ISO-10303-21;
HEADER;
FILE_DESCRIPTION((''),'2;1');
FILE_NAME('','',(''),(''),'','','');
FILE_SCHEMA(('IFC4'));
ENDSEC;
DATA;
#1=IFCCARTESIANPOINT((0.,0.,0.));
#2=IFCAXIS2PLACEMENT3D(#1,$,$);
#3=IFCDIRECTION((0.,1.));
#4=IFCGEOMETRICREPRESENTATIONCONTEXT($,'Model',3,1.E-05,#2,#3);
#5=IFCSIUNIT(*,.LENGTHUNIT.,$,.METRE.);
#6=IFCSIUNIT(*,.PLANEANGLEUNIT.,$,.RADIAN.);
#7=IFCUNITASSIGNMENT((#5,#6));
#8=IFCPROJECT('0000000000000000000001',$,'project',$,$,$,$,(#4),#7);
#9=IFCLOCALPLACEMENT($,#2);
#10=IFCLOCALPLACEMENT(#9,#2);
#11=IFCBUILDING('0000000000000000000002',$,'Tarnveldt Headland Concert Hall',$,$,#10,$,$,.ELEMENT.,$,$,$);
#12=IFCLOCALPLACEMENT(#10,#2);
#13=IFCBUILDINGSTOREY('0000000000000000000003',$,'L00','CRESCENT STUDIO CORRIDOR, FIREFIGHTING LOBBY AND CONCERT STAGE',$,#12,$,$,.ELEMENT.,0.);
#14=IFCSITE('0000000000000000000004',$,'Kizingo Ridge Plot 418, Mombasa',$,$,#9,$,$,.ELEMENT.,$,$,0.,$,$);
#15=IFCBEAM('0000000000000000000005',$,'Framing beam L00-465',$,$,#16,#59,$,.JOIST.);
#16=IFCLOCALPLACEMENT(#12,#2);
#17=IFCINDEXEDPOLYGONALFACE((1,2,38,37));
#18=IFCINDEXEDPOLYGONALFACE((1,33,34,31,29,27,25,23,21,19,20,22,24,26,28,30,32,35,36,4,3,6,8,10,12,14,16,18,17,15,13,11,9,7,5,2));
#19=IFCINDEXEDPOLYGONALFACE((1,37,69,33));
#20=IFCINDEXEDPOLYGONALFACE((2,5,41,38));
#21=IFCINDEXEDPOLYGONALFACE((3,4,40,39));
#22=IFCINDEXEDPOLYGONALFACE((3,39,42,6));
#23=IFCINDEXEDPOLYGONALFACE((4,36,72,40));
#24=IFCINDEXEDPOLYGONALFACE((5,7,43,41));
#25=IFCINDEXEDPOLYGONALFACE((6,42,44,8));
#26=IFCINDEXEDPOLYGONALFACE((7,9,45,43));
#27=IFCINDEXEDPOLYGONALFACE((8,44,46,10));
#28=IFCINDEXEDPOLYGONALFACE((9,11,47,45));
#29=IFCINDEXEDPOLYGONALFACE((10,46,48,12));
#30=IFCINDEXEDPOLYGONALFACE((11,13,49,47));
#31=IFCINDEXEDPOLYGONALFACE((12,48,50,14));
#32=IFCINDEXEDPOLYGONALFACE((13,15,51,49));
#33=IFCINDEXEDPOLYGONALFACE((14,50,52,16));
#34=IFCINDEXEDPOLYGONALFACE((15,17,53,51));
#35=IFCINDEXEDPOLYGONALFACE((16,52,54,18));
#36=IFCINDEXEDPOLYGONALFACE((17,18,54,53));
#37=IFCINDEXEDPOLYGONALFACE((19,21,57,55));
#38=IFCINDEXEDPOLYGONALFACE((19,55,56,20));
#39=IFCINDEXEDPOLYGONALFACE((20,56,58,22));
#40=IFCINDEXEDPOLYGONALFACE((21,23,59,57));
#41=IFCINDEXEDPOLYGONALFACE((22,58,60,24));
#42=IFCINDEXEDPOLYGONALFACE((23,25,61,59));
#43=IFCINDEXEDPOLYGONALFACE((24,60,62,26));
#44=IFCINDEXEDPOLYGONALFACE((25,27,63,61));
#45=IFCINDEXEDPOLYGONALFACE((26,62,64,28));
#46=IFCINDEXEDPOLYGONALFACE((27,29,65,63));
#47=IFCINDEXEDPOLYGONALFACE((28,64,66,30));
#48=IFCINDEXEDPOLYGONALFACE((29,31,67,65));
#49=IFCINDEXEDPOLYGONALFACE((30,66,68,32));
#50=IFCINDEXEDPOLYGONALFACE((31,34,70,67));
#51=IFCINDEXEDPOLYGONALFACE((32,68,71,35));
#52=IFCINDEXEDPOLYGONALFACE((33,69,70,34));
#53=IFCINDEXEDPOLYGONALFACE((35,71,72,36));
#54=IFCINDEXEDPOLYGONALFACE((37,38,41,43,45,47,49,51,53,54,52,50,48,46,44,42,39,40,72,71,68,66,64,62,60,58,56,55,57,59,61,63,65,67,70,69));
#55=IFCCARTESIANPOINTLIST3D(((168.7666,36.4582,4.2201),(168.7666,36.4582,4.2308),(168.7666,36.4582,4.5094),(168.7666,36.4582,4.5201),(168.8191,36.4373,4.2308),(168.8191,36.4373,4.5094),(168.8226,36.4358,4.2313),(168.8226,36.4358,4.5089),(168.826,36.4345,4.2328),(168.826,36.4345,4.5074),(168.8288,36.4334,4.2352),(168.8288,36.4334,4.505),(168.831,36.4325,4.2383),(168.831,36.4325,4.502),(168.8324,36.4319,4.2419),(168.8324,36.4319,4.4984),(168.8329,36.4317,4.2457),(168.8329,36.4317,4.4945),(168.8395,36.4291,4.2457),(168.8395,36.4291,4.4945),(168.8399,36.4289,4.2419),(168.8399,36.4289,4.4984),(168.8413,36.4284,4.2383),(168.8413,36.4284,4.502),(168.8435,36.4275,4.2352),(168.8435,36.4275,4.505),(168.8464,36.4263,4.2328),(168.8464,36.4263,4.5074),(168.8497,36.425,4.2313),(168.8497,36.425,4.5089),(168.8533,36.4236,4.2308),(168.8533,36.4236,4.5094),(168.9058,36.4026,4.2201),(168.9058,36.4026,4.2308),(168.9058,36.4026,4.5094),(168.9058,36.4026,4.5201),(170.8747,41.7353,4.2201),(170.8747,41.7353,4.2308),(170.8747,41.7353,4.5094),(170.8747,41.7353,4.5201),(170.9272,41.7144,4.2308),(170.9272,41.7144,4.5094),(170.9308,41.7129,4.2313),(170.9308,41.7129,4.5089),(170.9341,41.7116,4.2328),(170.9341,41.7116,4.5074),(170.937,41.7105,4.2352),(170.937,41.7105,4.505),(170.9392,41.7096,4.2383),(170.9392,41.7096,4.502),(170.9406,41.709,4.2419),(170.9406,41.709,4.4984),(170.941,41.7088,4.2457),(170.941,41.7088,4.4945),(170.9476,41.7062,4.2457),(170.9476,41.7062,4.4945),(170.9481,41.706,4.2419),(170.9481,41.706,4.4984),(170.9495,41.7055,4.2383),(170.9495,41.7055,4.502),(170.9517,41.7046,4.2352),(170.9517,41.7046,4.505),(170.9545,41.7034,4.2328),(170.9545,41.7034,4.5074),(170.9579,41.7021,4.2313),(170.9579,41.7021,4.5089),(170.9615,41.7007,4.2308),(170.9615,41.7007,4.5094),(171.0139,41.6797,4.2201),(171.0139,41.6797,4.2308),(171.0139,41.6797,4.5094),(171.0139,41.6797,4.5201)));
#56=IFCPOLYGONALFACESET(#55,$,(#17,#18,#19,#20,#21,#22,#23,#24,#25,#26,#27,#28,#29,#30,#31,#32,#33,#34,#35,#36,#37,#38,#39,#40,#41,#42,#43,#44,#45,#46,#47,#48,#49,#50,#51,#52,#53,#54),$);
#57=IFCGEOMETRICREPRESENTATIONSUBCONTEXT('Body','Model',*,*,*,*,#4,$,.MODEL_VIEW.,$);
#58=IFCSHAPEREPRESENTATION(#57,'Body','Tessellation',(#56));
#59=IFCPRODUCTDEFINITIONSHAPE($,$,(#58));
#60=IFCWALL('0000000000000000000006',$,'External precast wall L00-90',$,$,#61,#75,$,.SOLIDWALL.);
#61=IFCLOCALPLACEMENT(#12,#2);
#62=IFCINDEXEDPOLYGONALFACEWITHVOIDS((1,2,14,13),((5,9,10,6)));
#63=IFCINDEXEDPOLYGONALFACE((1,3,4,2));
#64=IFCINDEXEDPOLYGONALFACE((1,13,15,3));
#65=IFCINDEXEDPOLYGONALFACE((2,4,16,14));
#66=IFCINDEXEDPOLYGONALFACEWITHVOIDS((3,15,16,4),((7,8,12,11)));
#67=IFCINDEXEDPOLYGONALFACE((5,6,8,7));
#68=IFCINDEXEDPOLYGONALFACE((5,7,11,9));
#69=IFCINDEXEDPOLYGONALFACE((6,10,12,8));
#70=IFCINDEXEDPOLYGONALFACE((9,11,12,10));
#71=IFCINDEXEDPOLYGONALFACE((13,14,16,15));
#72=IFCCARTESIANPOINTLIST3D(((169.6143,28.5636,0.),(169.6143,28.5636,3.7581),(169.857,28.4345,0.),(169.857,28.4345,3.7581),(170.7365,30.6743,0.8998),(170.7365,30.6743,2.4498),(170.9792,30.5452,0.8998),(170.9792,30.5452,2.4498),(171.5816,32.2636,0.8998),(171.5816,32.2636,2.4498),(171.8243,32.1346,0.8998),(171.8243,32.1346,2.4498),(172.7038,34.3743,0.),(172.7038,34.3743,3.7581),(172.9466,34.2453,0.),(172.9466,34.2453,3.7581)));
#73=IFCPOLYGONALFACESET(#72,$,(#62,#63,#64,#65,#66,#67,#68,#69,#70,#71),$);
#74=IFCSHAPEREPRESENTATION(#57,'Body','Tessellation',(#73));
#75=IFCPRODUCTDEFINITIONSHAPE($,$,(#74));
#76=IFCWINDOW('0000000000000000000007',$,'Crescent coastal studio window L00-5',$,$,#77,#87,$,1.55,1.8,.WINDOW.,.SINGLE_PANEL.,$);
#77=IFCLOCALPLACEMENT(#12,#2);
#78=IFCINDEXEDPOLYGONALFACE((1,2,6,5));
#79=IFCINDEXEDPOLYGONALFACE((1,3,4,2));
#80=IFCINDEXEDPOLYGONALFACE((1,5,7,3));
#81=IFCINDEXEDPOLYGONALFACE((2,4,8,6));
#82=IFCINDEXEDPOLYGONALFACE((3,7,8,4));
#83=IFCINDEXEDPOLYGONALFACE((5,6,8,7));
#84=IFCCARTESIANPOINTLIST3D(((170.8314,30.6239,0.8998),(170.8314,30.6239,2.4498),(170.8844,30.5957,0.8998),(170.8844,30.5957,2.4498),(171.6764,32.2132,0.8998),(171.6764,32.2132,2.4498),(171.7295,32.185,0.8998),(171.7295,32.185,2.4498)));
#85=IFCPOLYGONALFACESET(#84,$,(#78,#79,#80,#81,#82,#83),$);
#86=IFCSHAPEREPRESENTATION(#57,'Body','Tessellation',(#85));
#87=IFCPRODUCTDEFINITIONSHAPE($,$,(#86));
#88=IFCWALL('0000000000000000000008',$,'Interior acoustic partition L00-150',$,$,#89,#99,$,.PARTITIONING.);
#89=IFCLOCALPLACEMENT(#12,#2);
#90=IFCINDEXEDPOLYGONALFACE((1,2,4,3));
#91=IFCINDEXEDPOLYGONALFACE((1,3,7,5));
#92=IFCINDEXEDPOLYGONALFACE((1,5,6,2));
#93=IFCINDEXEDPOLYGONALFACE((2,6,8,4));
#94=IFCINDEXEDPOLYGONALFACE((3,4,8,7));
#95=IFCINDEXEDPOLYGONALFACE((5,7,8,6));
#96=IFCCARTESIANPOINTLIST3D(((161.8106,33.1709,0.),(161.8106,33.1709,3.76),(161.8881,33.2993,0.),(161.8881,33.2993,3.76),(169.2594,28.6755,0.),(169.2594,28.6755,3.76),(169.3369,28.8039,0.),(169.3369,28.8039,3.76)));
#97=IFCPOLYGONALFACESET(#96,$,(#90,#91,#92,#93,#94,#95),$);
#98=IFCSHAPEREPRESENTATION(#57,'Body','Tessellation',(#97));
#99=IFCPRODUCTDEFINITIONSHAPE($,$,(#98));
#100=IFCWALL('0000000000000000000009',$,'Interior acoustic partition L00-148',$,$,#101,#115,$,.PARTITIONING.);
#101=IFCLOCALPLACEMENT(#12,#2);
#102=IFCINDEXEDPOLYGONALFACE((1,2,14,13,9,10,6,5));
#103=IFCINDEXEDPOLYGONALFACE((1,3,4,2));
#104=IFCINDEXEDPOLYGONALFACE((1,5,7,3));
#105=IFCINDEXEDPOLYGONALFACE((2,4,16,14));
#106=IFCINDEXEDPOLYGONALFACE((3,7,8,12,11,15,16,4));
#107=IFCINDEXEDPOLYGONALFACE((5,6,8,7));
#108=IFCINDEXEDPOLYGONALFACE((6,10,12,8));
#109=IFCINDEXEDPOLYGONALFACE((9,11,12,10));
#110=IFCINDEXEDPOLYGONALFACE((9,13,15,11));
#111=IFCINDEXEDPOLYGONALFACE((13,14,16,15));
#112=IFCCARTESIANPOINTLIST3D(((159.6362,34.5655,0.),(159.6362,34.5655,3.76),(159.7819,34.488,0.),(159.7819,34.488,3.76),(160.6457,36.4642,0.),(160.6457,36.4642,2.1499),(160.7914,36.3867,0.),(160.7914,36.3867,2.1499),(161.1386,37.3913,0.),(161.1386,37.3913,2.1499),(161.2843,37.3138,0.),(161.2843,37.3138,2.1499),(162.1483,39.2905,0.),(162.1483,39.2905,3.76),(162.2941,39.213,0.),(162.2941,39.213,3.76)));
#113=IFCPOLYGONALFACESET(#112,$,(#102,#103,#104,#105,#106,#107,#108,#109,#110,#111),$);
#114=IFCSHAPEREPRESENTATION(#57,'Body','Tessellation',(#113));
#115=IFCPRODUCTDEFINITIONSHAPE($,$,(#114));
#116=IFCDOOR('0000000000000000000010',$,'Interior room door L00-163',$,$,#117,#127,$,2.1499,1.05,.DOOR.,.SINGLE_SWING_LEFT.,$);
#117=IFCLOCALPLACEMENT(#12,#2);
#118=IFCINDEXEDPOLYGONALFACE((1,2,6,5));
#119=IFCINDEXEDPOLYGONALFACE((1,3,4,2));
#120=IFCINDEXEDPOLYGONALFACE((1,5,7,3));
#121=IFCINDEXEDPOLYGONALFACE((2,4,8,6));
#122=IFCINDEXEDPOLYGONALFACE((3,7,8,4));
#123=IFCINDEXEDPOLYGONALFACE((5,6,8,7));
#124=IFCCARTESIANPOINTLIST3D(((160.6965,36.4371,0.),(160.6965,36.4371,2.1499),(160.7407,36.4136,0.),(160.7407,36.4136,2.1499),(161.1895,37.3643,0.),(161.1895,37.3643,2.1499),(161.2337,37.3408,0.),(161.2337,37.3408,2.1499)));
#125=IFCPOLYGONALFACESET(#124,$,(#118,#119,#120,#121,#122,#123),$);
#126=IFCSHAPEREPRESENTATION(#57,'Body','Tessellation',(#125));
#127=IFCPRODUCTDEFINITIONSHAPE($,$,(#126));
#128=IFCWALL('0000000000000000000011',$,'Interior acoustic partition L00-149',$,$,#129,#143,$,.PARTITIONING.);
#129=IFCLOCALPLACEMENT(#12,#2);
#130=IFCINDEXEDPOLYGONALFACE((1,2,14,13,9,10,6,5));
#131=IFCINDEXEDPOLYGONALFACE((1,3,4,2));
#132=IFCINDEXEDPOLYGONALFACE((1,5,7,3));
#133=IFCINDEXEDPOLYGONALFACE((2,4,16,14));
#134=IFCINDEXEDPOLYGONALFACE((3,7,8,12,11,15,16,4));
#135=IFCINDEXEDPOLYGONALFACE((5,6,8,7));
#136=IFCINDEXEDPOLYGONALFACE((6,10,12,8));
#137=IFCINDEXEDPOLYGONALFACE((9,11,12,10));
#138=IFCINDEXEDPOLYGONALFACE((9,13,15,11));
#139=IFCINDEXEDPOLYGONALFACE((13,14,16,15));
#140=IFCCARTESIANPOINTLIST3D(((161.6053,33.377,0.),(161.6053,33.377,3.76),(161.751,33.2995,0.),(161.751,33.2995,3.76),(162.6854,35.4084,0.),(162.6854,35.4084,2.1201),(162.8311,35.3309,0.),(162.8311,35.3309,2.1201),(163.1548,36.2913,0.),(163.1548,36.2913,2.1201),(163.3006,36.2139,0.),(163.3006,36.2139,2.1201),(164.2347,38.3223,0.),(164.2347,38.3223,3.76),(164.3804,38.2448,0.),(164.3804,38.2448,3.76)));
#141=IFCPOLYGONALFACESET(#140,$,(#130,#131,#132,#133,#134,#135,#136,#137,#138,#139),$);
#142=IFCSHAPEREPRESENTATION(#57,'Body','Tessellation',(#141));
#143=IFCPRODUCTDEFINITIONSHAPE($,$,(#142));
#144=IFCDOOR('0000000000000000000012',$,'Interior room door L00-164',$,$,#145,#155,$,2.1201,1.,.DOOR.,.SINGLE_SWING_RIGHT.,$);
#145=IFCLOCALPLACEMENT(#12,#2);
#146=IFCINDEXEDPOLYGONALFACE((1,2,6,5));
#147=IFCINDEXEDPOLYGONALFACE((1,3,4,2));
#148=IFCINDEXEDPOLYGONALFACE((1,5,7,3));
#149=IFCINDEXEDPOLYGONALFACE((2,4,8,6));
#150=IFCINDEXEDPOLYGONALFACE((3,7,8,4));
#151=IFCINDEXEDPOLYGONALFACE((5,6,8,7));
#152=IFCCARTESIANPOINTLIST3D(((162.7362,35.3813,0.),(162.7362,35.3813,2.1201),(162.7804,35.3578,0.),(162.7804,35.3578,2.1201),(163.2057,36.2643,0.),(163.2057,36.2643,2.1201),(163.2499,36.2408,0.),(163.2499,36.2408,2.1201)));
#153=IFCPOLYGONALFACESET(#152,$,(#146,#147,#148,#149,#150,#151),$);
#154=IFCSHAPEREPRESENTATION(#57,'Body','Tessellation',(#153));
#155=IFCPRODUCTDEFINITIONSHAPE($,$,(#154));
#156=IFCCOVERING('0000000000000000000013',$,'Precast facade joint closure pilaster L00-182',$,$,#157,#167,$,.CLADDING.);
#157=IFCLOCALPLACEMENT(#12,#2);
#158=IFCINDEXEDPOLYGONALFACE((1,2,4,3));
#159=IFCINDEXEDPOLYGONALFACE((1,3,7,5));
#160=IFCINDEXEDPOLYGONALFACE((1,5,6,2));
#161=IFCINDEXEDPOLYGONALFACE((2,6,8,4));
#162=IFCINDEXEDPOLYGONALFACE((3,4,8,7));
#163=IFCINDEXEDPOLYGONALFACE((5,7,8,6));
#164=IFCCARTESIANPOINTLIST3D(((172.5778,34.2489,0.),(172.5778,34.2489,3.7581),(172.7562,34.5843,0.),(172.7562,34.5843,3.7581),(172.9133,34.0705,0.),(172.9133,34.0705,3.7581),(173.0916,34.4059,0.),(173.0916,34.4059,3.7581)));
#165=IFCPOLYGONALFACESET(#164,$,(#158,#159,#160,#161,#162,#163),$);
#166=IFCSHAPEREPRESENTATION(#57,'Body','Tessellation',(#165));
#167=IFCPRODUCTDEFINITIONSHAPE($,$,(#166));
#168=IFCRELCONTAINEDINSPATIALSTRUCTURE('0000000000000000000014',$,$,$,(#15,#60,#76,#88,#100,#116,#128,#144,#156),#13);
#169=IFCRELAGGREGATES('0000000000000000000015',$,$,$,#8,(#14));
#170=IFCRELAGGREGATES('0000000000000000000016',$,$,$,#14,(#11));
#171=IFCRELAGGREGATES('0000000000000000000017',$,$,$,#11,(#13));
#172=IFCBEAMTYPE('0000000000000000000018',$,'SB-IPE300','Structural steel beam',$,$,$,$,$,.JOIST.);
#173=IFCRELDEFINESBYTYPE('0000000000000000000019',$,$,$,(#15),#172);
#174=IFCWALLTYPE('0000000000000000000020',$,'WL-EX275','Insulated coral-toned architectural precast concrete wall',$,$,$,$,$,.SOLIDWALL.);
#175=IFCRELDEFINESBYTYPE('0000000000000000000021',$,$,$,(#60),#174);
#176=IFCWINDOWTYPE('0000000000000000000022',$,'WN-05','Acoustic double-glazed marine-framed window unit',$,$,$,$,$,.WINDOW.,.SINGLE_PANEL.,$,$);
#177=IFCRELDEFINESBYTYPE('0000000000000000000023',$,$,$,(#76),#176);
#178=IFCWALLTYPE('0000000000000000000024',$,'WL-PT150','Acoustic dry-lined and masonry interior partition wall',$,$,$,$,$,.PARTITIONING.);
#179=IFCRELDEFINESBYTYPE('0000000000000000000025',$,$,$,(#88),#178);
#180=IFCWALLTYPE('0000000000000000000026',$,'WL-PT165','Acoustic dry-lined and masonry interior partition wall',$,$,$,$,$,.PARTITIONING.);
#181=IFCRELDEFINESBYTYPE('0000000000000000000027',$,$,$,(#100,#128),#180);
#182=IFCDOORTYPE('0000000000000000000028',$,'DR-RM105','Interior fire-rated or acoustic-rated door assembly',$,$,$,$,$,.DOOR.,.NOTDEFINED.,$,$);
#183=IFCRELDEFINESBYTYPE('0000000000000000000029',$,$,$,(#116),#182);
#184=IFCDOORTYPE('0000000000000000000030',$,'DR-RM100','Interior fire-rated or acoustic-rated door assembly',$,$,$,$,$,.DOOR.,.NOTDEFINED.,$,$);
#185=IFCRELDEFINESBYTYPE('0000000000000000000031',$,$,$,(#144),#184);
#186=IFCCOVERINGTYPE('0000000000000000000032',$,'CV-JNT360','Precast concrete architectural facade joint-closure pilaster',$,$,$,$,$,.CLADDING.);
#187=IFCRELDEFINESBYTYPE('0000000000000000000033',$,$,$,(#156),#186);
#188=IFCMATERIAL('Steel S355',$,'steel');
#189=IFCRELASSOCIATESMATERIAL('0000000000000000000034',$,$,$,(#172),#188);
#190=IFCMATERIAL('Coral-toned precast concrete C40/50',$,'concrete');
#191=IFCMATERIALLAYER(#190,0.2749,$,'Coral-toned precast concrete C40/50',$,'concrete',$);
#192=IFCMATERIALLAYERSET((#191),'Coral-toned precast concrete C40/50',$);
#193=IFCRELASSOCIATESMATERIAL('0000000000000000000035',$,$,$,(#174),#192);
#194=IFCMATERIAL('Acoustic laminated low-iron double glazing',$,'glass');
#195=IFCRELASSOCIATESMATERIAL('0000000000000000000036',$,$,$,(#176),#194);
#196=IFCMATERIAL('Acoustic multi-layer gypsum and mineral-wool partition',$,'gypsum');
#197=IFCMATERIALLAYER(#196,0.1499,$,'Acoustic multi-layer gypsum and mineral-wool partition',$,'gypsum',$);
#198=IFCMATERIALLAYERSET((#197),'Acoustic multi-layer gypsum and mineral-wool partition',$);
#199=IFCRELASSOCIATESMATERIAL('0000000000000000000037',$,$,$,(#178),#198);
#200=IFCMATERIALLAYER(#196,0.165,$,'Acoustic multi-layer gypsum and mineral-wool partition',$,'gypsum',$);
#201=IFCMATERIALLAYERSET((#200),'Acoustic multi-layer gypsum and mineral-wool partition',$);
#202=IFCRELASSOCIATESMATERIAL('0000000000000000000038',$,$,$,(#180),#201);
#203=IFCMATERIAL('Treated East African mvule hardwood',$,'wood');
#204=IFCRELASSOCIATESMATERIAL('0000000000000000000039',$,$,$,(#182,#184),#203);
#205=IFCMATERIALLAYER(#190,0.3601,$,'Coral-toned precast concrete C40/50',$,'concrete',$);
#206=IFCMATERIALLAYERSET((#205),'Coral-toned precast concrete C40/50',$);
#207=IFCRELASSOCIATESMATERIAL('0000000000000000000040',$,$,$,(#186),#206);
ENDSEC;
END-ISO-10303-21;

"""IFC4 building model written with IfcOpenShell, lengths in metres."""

from ifc_helpers import new_model, si_unit, direction, frame, frame_2d, origin, origin_2d, place, context, subcontext, project, spatial, rectangle, i_section, extrude, material, layer, layer_set, material_profile, profile_set, type_object, element, fill, save


model = new_model("IFC4")

# Units and contexts
model_context = context("Model", 3, precision=1e-05, world=origin(), true_north=direction((0.0, 1.0)))
body_context = subcontext(model_context, "Body", "Model", "MODEL_VIEW")
ifc_project = project(units=[si_unit("LENGTHUNIT", "METRE"), si_unit("PLANEANGLEUNIT", "RADIAN")], contexts=[model_context])

# Site, building, storey
site_placement = place(None, origin())
site = spatial("IfcSite", under=ifc_project, at=site_placement, Name="Kizingo Ridge Plot 418, Mombasa", CompositionType="ELEMENT", RefElevation=0.0)
building_placement = place(site_placement, origin())
building = spatial("IfcBuilding", under=site, at=building_placement, Name="Tarnveldt Headland Concert Hall", CompositionType="ELEMENT")
storey_placement = place(building_placement, origin())
storey = spatial("IfcBuildingStorey", under=building, at=storey_placement, Name="L00", Description="CRESCENT STUDIO CORRIDOR, FIREFIGHTING LOBBY AND CONCERT STAGE", CompositionType="ELEMENT", Elevation=0.0)

# Beam
ifc_material_1 = material(Name="Steel S355", Category="steel")
ifc_material_profile_1 = material_profile(ifc_material_1, i_section(OverallWidth=0.1499, OverallDepth=0.3, WebThickness=0.0071, FlangeThickness=0.0107, FilletRadius=0.0149, at=origin_2d()), Name="IPE300", Category="steel")
ifc_profile_set_1 = profile_set([ifc_material_profile_1], Name="Steel S355")
beam_type_1 = type_object("IfcBeamType", Name="SB-IPE300", Description="Structural steel beam", PredefinedType="JOIST", material=ifc_profile_set_1)
beam_1_placement = place(storey_placement, frame((168.8362, 36.4304, 4.3701), z_axis=(0.370983, 0.92864, 0.0), x_axis=(-0.92864, 0.370983, 0.0)))
element("IfcBeam", 1, at=beam_1_placement, inside=storey, type_object=beam_type_1, Name="Framing beam L00-465", PredefinedType="JOIST", context=body_context, shape_type="SweptSolid", body=[
    extrude(i_section(OverallWidth=0.1499, OverallDepth=0.3, WebThickness=0.0071, FlangeThickness=0.0107, FilletRadius=0.0149, at=origin_2d()), origin(), (0.0, 0.0, 1.0), 5.6826),
])

# Wall, opening, window
ifc_material_2 = material(Name="Coral-toned precast concrete C40/50", Category="concrete")
ifc_layer_1 = layer(ifc_material_2, 0.2749, Name="Coral-toned precast concrete C40/50", Category="concrete")
ifc_layer_set_1 = layer_set([ifc_layer_1], Name="Coral-toned precast concrete C40/50")
wall_type_1 = type_object("IfcWallType", Name="WL-EX275", Description="Insulated coral-toned architectural precast concrete wall", PredefinedType="SOLIDWALL", material=ifc_layer_set_1)
wall_1_placement = place(storey_placement, frame((172.8252, 34.3098, 0.0), z_axis=(0.0, 0.0, 1.0), x_axis=(-0.469465, -0.882951, 0.0)))
wall_1 = element("IfcWall", 2, at=wall_1_placement, inside=storey, type_object=wall_type_1, Name="External precast wall L00-90", PredefinedType="SOLIDWALL", context=body_context, shape_type="SweptSolid", body=[
    extrude(rectangle(XDim=6.5811, YDim=0.2749, at=frame_2d((3.2905, 0.0))), origin(), (0.0, 0.0, 1.0), 3.7581),
])
opening_1_placement = place(wall_1_placement, frame((2.3906, 0.0, 0.8999)))
opening_1 = element("IfcOpeningElement", 3, at=opening_1_placement, cuts=wall_1, PredefinedType="OPENING", context=body_context, shape_type="SweptSolid", body=[
    extrude(rectangle(XDim=1.8, YDim=1.55, at=frame_2d((0.8999, 0.7749))), frame((0.0, 0.1475, 0.0), z_axis=(0.0, -1.0, 0.0), x_axis=(1.0, 0.0, 0.0)), (0.0, 0.0, 1.0), 0.2949),
])
ifc_material_3 = material(Name="Acoustic laminated low-iron double glazing", Category="glass")
window_type = type_object("IfcWindowType", Name="WN-05", Description="Acoustic double-glazed marine-framed window unit", PartitioningType="SINGLE_PANEL", PredefinedType="WINDOW", material=ifc_material_3)
window_placement = place(opening_1_placement, origin())
window = element("IfcWindow", 4, at=window_placement, inside=storey, type_object=window_type, Name="Crescent coastal studio window L00-5", OverallHeight=1.55, OverallWidth=1.8, PartitioningType="SINGLE_PANEL", PredefinedType="WINDOW", context=body_context, shape_type="SweptSolid", body=[
    extrude(rectangle(XDim=1.8, YDim=1.55, at=frame_2d((0.8999, 0.7749))), frame((0.0, 0.03, 0.0), z_axis=(0.0, -1.0, 0.0), x_axis=(1.0, 0.0, 0.0)), (0.0, 0.0, 1.0), 0.0601),
])
fill(opening_1, window)

# Wall
ifc_material_4 = material(Name="Acoustic multi-layer gypsum and mineral-wool partition", Category="gypsum")
ifc_layer_2 = layer(ifc_material_4, 0.1499, Name="Acoustic multi-layer gypsum and mineral-wool partition", Category="gypsum")
ifc_layer_set_2 = layer_set([ifc_layer_2], Name="Acoustic multi-layer gypsum and mineral-wool partition")
wall_type_2 = type_object("IfcWallType", Name="WL-PT150", Description="Acoustic dry-lined and masonry interior partition wall", PredefinedType="PARTITIONING", material=ifc_layer_set_2)
wall_2_placement = place(storey_placement, frame((161.8494, 33.2351, 0.0), z_axis=(0.0, 0.0, 1.0), x_axis=(0.856165, -0.516702, 0.0)))
element("IfcWall", 5, at=wall_2_placement, inside=storey, type_object=wall_type_2, Name="Interior acoustic partition L00-150", PredefinedType="PARTITIONING", context=body_context, shape_type="SweptSolid", body=[
    extrude(rectangle(XDim=8.7002, YDim=0.1499, at=frame_2d((4.3501, 0.0))), origin(), (0.0, 0.0, 1.0), 3.76),
])

# Walls, openings, doors
ifc_layer_3 = layer(ifc_material_4, 0.165, Name="Acoustic multi-layer gypsum and mineral-wool partition", Category="gypsum")
ifc_layer_set_3 = layer_set([ifc_layer_3], Name="Acoustic multi-layer gypsum and mineral-wool partition")
wall_type_3 = type_object("IfcWallType", Name="WL-PT165", Description="Acoustic dry-lined and masonry interior partition wall", PredefinedType="PARTITIONING", material=ifc_layer_set_3)
wall_3_placement = place(storey_placement, frame((159.709, 34.5266, 0.0), z_axis=(0.0, 0.0, 1.0), x_axis=(0.469447, 0.882961, 0.0)))
wall_3 = element("IfcWall", 6, at=wall_3_placement, inside=storey, type_object=wall_type_3, Name="Interior acoustic partition L00-148", PredefinedType="PARTITIONING", context=body_context, shape_type="SweptSolid", body=[
    extrude(rectangle(XDim=5.3513, YDim=0.165, at=frame_2d((2.6758, 0.0))), origin(), (0.0, 0.0, 1.0), 3.76),
])
opening_2_placement = place(wall_3_placement, frame((2.1506, 0.0, 0.0)))
opening_2 = element("IfcOpeningElement", 7, at=opening_2_placement, cuts=wall_3, PredefinedType="OPENING", context=body_context, shape_type="SweptSolid", body=[
    extrude(rectangle(XDim=1.05, YDim=2.1499, at=frame_2d((0.5249, 1.075))), frame((0.0, 0.0925, 0.0), z_axis=(0.0, -1.0, 0.0), x_axis=(1.0, 0.0, 0.0)), (0.0, 0.0, 1.0), 0.1851),
])
ifc_material_5 = material(Name="Treated East African mvule hardwood", Category="wood")
door_type_1 = type_object("IfcDoorType", Name="DR-RM105", Description="Interior fire-rated or acoustic-rated door assembly", OperationType="NOTDEFINED", PredefinedType="DOOR", material=ifc_material_5)
door_1_placement = place(opening_2_placement, origin())
door_1 = element("IfcDoor", 8, at=door_1_placement, inside=storey, type_object=door_type_1, Name="Interior room door L00-163", OperationType="SINGLE_SWING_LEFT", OverallHeight=2.1499, OverallWidth=1.05, PredefinedType="DOOR", context=body_context, shape_type="SweptSolid", body=[
    extrude(rectangle(XDim=1.05, YDim=2.1499, at=frame_2d((0.5249, 1.075))), frame((0.0, 0.0249, 0.0), z_axis=(0.0, -1.0, 0.0), x_axis=(1.0, 0.0, 0.0)), (0.0, 0.0, 1.0), 0.05),
])
fill(opening_2, door_1)
wall_4_placement = place(storey_placement, frame((161.6782, 33.3384, 0.0), z_axis=(0.0, 0.0, 1.0), x_axis=(0.469461, 0.882953, 0.0)))
wall_4 = element("IfcWall", 9, at=wall_4_placement, inside=storey, type_object=wall_type_3, Name="Interior acoustic partition L00-149", PredefinedType="PARTITIONING", context=body_context, shape_type="SweptSolid", body=[
    extrude(rectangle(XDim=5.6008, YDim=0.165, at=frame_2d((2.8003, 0.0))), origin(), (0.0, 0.0, 1.0), 3.76),
])
opening_3_placement = place(wall_4_placement, frame((2.3005, 0.0, 0.0)))
opening_3 = element("IfcOpeningElement", 10, at=opening_3_placement, cuts=wall_4, PredefinedType="OPENING", context=body_context, shape_type="SweptSolid", body=[
    extrude(rectangle(XDim=1.0, YDim=2.1201, at=frame_2d((0.5, 1.0601))), frame((0.0, 0.0925, 0.0), z_axis=(0.0, -1.0, 0.0), x_axis=(1.0, 0.0, 0.0)), (0.0, 0.0, 1.0), 0.1851),
])
door_type_2 = type_object("IfcDoorType", Name="DR-RM100", Description="Interior fire-rated or acoustic-rated door assembly", OperationType="NOTDEFINED", PredefinedType="DOOR", material=ifc_material_5)
door_2_placement = place(opening_3_placement, origin())
door_2 = element("IfcDoor", 11, at=door_2_placement, inside=storey, type_object=door_type_2, Name="Interior room door L00-164", OperationType="SINGLE_SWING_RIGHT", OverallHeight=2.1201, OverallWidth=1.0, PredefinedType="DOOR", context=body_context, shape_type="SweptSolid", body=[
    extrude(rectangle(XDim=1.0, YDim=2.1201, at=frame_2d((0.5, 1.0601))), frame((0.0, 0.0249, 0.0), z_axis=(0.0, -1.0, 0.0), x_axis=(1.0, 0.0, 0.0)), (0.0, 0.0, 1.0), 0.05),
])
fill(opening_3, door_2)

# Covering
ifc_layer_4 = layer(ifc_material_2, 0.3601, Name="Coral-toned precast concrete C40/50", Category="concrete")
ifc_layer_set_4 = layer_set([ifc_layer_4], Name="Coral-toned precast concrete C40/50")
covering_type = type_object("IfcCoveringType", Name="CV-JNT360", Description="Precast concrete architectural facade joint-closure pilaster", PredefinedType="CLADDING", material=ifc_layer_set_4)
covering_placement = place(storey_placement, frame((172.8347, 34.3274, 0.0), z_axis=(0.0, 0.0, 1.0), x_axis=(-0.469472, -0.882948, 0.0)))
element("IfcCovering", 12, at=covering_placement, inside=storey, type_object=covering_type, Name="Precast facade joint closure pilaster L00-182", PredefinedType="CLADDING", context=body_context, shape_type="SweptSolid", body=[
    extrude(rectangle(XDim=0.3799, YDim=0.3799, at=origin_2d()), origin(), (0.0, 0.0, 1.0), 3.7581),
])

save(model, "model.ifc")
